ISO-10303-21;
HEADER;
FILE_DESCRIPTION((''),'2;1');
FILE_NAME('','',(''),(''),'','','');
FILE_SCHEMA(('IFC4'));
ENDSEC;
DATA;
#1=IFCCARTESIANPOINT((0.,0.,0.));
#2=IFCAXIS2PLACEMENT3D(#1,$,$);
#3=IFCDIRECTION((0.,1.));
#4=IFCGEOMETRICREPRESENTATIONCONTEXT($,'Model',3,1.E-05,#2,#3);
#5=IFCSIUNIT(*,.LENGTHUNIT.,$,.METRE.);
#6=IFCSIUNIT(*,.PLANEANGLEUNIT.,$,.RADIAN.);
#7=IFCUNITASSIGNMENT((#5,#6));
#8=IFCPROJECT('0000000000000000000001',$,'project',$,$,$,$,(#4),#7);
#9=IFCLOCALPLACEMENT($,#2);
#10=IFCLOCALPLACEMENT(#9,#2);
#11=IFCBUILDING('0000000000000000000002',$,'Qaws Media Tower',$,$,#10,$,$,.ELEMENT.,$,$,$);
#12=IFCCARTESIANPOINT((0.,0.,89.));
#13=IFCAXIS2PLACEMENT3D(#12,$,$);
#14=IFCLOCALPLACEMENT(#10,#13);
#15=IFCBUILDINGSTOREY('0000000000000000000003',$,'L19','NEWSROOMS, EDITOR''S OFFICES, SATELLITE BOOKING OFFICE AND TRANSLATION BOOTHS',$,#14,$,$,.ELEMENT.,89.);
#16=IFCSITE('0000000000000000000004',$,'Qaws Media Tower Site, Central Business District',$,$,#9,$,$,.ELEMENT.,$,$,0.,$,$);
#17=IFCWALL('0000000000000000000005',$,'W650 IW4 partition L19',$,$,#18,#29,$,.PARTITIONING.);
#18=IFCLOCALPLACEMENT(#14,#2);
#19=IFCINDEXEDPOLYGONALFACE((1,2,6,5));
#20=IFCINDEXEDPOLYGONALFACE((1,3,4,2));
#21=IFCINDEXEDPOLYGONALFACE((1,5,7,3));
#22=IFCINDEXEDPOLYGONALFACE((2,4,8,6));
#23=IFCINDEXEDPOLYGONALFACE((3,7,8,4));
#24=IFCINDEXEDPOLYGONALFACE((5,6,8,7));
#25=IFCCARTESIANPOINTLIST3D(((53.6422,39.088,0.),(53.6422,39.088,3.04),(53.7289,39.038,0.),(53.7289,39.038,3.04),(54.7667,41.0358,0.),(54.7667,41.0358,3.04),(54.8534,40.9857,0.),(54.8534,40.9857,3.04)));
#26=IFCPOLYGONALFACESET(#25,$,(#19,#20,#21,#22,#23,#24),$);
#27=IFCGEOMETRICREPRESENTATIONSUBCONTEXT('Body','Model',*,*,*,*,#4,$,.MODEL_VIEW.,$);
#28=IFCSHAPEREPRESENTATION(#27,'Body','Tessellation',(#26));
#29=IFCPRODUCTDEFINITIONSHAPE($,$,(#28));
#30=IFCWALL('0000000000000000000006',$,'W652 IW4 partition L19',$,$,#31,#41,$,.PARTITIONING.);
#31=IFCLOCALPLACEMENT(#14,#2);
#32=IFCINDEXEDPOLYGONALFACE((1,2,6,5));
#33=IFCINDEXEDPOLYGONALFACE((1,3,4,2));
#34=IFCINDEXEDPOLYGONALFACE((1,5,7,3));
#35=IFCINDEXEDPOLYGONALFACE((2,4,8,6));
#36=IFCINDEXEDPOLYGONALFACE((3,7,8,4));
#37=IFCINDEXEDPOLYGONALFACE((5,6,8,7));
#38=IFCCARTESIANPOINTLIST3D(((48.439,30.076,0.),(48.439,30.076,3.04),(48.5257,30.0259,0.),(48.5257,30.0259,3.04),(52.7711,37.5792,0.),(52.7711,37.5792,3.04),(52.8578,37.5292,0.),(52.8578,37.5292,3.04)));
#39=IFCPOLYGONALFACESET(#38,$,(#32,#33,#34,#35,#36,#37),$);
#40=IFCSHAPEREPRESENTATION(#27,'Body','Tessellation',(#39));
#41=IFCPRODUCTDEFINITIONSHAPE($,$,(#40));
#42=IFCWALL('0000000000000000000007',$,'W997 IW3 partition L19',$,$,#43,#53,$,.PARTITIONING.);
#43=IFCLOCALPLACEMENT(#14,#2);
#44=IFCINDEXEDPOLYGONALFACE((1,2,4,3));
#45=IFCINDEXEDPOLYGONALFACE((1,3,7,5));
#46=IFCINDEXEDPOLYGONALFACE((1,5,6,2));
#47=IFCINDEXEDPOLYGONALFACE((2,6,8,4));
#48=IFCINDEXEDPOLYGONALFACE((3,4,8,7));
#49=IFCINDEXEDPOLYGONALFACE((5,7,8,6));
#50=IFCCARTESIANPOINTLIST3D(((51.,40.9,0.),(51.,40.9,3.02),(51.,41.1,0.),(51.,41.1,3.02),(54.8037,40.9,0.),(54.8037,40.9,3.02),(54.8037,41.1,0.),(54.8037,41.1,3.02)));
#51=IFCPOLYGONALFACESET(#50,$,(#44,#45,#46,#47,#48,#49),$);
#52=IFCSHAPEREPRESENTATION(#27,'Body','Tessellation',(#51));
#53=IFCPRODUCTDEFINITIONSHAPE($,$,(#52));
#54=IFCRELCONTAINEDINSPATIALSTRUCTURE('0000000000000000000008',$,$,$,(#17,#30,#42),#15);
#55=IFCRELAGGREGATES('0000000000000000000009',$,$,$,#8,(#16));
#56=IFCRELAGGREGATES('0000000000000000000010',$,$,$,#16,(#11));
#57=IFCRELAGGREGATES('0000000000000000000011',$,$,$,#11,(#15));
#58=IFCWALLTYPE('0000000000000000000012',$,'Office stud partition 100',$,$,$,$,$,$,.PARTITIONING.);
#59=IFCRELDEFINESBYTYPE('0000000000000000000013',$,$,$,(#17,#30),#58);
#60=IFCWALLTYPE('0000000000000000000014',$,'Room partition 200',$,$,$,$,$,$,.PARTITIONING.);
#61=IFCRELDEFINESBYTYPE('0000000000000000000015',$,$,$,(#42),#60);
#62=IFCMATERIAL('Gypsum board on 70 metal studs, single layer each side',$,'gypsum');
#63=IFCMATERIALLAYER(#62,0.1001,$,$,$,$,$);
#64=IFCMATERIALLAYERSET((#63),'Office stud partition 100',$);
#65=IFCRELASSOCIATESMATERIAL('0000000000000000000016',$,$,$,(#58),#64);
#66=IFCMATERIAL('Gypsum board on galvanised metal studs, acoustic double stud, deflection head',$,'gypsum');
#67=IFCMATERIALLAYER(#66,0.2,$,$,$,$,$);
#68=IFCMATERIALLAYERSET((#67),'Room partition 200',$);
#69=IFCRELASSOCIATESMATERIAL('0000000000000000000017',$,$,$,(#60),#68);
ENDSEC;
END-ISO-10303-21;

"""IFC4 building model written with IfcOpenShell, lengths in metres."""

from ifc_helpers import new_model, si_unit, direction, frame, frame_2d, origin, place, context, subcontext, project, spatial, rectangle, extrude, material, layer, layer_set, type_object, element, save


model = new_model("IFC4")

# Units and contexts
model_context = context("Model", 3, precision=1e-05, world=origin(), true_north=direction((0.0, 1.0)))
body_context = subcontext(model_context, "Body", "Model", "MODEL_VIEW")
ifc_project = project(units=[si_unit("LENGTHUNIT", "METRE"), si_unit("PLANEANGLEUNIT", "RADIAN")], contexts=[model_context])

# Site, building, storey
site_placement = place(None, origin())
site = spatial("IfcSite", under=ifc_project, at=site_placement, Name="Qaws Media Tower Site, Central Business District", CompositionType="ELEMENT", RefElevation=0.0)
building_placement = place(site_placement, origin())
building = spatial("IfcBuilding", under=site, at=building_placement, Name="Qaws Media Tower", CompositionType="ELEMENT")
storey_placement = place(building_placement, frame((0.0, 0.0, 89.0)))
storey = spatial("IfcBuildingStorey", under=building, at=storey_placement, Name="L19", Description="NEWSROOMS, EDITOR'S OFFICES, SATELLITE BOOKING OFFICE AND TRANSLATION BOOTHS", CompositionType="ELEMENT", Elevation=89.0)

# Walls
ifc_material_1 = material(Name="Gypsum board on 70 metal studs, single layer each side", Category="gypsum")
ifc_layer_1 = layer(ifc_material_1, 0.1001)
ifc_layer_set_1 = layer_set([ifc_layer_1], Name="Office stud partition 100")
wall_type_1 = type_object("IfcWallType", Name="Office stud partition 100", PredefinedType="PARTITIONING", material=ifc_layer_set_1)
wall_1_placement = place(storey_placement, frame((54.8101, 41.0107, 0.0), z_axis=(0.0, 0.0, 1.0), x_axis=(-0.499992, -0.86603, 0.0)))
element("IfcWall", 1, at=wall_1_placement, inside=storey, type_object=wall_type_1, Name="W650 IW4 partition L19", PredefinedType="PARTITIONING", context=body_context, shape_type="SweptSolid", body=[
    extrude(rectangle(XDim=2.249, YDim=0.1001, at=frame_2d((1.1245, 0.0))), origin(), (0.0, 0.0, 1.0), 3.04),
])
wall_2_placement = place(storey_placement, frame((52.8145, 37.5542, 0.0), z_axis=(0.0, 0.0, 1.0), x_axis=(-0.500006, -0.866022, 0.0)))
element("IfcWall", 2, at=wall_2_placement, inside=storey, type_object=wall_type_1, Name="W652 IW4 partition L19", PredefinedType="PARTITIONING", context=body_context, shape_type="SweptSolid", body=[
    extrude(rectangle(XDim=8.6641, YDim=0.1001, at=frame_2d((4.332, 0.0))), origin(), (0.0, 0.0, 1.0), 3.04),
])

# Shared definitions
ifc_material_2 = material(Name="Gypsum board on galvanised metal studs, acoustic double stud, deflection head", Category="gypsum")
ifc_layer_2 = layer(ifc_material_2, 0.2)
ifc_layer_set_2 = layer_set([ifc_layer_2], Name="Room partition 200")
wall_type_2 = type_object("IfcWallType", Name="Room partition 200", PredefinedType="PARTITIONING", material=ifc_layer_set_2)

# Wall
wall_3_placement = place(storey_placement, frame((54.8037, 41.0, 0.0), z_axis=(0.0, 0.0, 1.0), x_axis=(-1.0, 0.0, 0.0)))
element("IfcWall", 3, at=wall_3_placement, inside=storey, type_object=wall_type_2, Name="W997 IW3 partition L19", PredefinedType="PARTITIONING", context=body_context, shape_type="SweptSolid", body=[
    extrude(rectangle(XDim=3.8037, YDim=0.2, at=frame_2d((1.9019, 0.0))), origin(), (0.0, 0.0, 1.0), 3.02),
])

save(model, "model.ifc")
